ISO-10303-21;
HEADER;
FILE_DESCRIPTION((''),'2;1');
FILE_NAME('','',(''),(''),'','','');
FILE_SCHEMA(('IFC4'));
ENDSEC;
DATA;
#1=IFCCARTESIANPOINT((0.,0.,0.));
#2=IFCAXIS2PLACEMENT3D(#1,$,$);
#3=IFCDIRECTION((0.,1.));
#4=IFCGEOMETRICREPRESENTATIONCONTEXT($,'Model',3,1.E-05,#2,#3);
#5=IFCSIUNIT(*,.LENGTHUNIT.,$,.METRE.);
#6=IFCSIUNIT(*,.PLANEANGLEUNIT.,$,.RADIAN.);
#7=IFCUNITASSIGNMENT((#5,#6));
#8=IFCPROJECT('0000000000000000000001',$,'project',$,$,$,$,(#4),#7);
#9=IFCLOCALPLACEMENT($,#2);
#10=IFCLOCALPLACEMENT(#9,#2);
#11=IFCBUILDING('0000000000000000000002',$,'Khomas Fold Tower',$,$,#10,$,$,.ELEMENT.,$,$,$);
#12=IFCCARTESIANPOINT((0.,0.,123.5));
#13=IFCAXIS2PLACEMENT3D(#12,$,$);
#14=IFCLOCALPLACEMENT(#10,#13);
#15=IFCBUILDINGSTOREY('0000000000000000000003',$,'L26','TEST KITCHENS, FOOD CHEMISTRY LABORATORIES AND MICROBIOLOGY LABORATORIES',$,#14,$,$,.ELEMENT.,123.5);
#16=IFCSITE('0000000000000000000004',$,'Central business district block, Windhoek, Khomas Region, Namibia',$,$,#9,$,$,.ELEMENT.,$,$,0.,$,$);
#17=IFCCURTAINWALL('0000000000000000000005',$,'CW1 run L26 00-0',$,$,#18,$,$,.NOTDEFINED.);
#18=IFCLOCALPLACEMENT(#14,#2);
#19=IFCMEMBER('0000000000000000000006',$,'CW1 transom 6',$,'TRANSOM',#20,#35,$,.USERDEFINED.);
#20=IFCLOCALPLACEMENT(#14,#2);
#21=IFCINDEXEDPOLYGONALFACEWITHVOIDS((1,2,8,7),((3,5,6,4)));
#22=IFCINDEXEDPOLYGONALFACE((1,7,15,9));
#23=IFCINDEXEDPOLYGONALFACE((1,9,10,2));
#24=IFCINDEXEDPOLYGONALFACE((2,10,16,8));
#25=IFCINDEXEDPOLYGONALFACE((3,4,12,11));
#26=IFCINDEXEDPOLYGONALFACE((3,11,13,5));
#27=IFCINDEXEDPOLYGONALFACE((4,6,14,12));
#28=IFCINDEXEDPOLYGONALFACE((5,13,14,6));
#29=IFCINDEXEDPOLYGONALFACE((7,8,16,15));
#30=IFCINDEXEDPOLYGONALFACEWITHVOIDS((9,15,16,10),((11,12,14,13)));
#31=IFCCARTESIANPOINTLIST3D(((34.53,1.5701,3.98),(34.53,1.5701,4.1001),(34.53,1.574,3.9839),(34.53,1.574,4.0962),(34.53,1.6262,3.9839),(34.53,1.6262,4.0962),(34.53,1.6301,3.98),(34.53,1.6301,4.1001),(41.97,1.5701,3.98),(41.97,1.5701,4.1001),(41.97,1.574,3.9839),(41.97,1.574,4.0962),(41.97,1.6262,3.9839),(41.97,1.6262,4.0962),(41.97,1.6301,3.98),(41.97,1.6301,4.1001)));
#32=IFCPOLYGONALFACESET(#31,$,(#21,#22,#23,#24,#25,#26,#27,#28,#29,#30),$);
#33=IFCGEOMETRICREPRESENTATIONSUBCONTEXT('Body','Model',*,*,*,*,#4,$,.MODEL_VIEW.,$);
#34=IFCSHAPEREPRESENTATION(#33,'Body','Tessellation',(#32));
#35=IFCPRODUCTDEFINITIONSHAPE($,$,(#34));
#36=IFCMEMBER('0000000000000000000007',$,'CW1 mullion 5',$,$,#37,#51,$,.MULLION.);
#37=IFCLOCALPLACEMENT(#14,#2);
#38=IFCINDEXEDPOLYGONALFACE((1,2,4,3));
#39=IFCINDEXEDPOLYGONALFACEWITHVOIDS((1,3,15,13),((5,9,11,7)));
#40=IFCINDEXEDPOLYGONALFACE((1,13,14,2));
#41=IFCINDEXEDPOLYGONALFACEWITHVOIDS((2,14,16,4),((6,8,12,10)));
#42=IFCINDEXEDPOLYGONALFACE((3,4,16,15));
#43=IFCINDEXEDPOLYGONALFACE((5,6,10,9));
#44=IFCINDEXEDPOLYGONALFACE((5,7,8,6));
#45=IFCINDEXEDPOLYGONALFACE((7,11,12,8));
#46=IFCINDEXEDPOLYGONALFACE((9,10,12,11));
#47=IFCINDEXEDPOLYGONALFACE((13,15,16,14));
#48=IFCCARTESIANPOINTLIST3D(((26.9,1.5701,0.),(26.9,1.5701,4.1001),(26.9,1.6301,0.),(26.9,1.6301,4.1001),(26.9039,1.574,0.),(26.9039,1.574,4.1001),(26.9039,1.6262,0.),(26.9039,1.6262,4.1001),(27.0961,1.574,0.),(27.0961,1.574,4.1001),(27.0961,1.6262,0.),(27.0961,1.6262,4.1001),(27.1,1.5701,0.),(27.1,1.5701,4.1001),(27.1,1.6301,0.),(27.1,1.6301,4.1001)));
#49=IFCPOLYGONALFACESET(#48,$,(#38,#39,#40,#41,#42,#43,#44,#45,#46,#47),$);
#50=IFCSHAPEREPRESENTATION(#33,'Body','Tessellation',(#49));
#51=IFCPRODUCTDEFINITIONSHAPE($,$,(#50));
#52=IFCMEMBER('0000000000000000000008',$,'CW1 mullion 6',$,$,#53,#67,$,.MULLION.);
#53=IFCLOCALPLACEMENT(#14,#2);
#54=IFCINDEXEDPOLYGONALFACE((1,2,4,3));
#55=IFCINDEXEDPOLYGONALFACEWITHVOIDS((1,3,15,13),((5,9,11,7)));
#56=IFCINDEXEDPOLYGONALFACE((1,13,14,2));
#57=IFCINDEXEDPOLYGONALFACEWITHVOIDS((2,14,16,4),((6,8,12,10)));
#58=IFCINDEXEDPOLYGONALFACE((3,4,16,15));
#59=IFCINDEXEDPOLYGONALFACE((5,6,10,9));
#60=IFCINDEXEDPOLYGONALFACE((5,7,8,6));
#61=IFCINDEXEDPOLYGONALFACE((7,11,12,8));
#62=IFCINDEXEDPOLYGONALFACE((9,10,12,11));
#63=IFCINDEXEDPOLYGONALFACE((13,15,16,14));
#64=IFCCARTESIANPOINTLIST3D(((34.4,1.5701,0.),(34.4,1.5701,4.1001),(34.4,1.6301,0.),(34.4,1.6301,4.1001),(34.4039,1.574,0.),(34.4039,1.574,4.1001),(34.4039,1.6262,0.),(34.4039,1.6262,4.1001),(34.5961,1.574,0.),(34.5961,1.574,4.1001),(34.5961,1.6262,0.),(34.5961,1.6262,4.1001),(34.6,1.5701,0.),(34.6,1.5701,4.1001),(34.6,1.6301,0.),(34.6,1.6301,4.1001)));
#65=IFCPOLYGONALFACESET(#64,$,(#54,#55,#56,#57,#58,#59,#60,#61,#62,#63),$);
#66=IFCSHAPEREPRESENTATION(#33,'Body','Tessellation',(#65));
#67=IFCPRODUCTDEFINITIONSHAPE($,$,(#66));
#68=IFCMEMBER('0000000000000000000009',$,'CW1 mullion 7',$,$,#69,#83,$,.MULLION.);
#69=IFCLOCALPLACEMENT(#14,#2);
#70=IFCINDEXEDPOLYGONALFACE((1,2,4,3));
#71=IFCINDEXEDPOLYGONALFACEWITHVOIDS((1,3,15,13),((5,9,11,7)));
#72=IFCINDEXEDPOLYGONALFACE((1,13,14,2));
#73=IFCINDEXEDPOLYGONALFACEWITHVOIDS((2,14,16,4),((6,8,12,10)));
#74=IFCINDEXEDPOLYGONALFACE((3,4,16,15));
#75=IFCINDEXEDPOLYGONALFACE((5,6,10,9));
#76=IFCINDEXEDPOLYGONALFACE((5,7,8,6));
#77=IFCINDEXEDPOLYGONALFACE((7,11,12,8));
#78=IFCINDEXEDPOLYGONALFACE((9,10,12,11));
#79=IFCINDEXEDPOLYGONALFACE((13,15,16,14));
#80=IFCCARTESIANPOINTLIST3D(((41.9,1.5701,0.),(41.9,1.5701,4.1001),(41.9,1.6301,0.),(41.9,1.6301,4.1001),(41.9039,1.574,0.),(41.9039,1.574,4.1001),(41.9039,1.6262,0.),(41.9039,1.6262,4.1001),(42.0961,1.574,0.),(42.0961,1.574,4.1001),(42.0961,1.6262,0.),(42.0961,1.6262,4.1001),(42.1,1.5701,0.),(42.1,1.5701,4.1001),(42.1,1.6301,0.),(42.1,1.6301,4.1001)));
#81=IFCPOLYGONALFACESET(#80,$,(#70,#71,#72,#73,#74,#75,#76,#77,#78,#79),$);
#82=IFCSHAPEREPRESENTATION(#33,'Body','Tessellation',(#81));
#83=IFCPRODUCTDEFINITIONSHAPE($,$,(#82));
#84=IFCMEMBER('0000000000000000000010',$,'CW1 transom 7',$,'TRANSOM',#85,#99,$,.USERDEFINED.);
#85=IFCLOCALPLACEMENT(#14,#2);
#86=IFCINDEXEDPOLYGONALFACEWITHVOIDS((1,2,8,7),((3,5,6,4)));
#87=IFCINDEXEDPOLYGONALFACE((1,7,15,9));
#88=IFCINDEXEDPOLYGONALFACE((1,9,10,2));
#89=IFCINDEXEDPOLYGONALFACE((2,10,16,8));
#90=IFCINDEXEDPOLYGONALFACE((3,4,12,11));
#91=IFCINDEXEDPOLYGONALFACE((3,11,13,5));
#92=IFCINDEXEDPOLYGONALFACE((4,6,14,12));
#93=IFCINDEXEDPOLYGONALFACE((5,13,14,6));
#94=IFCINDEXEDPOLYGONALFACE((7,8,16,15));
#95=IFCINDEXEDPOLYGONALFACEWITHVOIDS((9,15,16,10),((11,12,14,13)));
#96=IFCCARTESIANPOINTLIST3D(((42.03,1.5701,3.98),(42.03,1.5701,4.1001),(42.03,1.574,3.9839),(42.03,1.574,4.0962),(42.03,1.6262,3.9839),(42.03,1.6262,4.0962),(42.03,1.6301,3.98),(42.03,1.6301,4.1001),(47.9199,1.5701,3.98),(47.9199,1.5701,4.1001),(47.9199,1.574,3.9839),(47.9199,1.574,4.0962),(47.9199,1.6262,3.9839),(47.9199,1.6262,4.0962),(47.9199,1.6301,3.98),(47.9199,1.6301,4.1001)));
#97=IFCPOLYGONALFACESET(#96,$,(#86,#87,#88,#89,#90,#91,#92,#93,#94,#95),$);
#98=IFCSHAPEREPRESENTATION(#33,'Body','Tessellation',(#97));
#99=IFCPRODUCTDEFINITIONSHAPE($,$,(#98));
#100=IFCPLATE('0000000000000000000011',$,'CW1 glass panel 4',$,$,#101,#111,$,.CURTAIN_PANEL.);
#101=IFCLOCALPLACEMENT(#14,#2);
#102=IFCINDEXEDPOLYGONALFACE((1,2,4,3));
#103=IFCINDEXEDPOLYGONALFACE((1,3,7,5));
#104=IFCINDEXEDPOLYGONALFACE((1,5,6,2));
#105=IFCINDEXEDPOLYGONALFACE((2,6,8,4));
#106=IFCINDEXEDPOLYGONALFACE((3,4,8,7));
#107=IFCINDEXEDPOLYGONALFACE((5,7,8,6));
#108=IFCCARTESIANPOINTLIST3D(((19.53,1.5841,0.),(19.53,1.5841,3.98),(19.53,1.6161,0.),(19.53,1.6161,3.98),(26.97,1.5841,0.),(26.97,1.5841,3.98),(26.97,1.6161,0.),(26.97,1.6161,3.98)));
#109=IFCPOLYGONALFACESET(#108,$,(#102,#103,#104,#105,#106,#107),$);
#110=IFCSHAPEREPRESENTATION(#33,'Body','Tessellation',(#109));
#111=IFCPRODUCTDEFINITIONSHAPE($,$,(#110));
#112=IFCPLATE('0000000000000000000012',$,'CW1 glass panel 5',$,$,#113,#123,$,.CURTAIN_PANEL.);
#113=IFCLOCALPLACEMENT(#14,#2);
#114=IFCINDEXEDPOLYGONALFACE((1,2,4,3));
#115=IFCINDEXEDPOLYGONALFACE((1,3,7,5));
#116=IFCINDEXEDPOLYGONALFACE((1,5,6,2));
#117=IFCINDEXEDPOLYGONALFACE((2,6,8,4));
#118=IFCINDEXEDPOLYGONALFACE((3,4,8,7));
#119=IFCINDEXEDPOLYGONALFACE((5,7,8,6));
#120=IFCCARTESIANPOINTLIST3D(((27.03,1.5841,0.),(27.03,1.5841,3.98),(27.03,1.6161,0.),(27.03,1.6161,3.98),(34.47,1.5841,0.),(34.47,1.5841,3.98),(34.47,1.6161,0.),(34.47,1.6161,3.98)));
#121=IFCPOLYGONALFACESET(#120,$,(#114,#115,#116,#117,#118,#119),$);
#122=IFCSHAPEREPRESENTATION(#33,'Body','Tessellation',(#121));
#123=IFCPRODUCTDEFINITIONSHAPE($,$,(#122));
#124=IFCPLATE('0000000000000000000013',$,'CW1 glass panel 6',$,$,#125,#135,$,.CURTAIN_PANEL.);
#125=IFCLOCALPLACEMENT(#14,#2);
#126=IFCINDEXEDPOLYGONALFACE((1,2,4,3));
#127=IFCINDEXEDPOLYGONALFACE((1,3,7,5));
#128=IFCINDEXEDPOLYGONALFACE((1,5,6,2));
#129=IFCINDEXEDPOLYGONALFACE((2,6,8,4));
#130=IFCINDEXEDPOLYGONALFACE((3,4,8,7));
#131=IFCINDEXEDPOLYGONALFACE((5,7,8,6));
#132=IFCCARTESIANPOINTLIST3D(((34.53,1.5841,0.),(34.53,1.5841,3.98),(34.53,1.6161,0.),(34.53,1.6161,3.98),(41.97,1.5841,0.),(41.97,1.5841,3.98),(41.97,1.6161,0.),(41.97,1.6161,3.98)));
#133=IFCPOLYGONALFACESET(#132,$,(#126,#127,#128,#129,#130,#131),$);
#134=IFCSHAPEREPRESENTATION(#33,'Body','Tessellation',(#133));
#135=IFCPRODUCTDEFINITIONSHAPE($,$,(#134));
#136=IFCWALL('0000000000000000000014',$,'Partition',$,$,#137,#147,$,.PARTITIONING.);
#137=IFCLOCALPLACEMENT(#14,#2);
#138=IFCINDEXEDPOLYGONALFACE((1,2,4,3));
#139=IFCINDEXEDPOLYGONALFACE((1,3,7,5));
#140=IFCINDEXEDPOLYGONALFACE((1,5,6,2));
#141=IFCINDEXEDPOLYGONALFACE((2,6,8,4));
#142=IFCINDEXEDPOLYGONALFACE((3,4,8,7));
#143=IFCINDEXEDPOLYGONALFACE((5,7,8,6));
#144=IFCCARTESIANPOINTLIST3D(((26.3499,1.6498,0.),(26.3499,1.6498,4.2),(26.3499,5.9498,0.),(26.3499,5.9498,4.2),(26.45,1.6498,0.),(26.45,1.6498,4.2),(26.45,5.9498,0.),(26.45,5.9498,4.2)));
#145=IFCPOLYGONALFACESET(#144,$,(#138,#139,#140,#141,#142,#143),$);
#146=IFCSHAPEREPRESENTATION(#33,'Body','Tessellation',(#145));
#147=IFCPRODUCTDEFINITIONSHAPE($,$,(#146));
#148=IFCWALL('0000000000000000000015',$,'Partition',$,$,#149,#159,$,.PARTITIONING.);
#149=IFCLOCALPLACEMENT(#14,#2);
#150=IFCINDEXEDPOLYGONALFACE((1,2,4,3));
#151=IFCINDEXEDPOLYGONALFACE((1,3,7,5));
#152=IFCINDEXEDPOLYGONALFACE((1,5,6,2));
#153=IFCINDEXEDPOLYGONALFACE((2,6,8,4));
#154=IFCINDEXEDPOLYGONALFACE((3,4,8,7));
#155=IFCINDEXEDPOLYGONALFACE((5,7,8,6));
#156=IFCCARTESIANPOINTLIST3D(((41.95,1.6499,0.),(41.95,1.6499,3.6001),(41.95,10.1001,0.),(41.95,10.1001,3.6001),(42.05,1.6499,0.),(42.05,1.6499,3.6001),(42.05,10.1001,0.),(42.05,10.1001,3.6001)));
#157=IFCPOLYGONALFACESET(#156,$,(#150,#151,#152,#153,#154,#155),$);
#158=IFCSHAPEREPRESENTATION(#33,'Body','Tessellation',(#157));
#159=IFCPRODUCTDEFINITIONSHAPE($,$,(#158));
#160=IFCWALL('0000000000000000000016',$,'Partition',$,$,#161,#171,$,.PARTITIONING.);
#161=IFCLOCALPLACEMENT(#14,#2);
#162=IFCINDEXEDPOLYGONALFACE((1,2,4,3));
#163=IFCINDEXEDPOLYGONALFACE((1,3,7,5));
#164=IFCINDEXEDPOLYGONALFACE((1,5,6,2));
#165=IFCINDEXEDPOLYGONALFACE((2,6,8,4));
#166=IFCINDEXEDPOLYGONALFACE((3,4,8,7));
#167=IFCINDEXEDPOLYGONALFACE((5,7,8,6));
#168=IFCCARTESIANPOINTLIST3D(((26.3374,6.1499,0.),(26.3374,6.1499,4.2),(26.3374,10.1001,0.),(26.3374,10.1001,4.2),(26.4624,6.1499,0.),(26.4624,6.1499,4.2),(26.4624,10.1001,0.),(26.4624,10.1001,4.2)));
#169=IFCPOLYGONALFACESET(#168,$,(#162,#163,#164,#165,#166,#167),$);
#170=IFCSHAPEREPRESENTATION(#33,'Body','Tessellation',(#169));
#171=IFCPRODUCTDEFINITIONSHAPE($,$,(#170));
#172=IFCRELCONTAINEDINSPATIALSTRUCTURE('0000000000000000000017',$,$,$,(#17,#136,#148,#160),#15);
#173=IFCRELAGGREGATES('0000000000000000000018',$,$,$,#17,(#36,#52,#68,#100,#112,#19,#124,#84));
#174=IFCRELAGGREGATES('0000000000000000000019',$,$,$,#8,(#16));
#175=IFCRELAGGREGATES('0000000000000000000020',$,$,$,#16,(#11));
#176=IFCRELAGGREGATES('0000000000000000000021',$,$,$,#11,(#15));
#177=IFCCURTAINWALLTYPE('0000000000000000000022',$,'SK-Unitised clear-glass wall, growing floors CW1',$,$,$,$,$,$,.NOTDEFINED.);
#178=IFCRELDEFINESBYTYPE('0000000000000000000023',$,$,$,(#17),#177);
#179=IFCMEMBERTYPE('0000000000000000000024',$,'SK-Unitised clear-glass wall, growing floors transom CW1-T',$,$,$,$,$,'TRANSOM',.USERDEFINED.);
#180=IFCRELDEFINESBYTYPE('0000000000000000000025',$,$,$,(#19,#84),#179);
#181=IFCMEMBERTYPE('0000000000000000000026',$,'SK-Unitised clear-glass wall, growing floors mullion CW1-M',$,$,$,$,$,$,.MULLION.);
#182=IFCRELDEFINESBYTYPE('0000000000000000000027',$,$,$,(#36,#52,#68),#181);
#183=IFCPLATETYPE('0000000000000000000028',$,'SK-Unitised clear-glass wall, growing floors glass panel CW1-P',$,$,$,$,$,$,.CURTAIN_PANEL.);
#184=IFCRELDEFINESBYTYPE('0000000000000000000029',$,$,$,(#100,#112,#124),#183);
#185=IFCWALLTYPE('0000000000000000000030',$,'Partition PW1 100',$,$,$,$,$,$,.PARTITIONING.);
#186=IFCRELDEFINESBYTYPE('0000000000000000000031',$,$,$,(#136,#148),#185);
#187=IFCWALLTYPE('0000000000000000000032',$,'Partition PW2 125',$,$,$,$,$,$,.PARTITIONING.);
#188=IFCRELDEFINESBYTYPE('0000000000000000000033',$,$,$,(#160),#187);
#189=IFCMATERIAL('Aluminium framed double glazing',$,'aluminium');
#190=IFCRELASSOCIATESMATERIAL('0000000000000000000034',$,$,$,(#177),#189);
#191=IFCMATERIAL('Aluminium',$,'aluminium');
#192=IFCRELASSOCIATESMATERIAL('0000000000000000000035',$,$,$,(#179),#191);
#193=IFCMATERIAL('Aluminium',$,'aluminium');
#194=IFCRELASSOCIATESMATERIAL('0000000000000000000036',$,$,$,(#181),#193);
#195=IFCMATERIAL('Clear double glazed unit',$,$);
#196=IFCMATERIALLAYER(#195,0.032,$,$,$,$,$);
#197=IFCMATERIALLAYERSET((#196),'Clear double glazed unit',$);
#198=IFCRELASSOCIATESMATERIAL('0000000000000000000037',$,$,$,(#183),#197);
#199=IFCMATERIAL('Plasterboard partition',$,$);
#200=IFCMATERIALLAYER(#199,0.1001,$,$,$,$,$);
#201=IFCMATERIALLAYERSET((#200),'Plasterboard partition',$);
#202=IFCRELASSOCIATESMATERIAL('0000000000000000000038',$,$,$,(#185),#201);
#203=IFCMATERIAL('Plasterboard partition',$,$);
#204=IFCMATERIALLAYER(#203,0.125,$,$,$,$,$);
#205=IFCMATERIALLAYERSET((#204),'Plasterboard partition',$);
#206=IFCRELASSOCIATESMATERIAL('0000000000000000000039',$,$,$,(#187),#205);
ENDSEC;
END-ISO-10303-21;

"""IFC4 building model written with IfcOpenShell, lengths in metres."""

from ifc_helpers import new_model, si_unit, direction, frame, frame_2d, origin, origin_2d, place, context, subcontext, project, spatial, rectangle, hollow_rectangle, extrude, source, transform, mapped, material, layer, layer_set, material_profile, profile_set, type_object, element, aggregate, save


model = new_model("IFC4")

# Units and contexts
model_context = context("Model", 3, precision=1e-05, world=origin(), true_north=direction((0.0, 1.0)))
body_context = subcontext(model_context, "Body", "Model", "MODEL_VIEW")
ifc_project = project(units=[si_unit("LENGTHUNIT", "METRE"), si_unit("PLANEANGLEUNIT", "RADIAN")], contexts=[model_context])

# Site, building, storey
site_placement = place(None, origin())
site = spatial("IfcSite", under=ifc_project, at=site_placement, Name="Central business district block, Windhoek, Khomas Region, Namibia", CompositionType="ELEMENT", RefElevation=0.0)
building_placement = place(site_placement, origin())
building = spatial("IfcBuilding", under=site, at=building_placement, Name="Khomas Fold Tower", CompositionType="ELEMENT")
storey_placement = place(building_placement, frame((0.0, 0.0, 123.5)))
storey = spatial("IfcBuildingStorey", under=building, at=storey_placement, Name="L26", Description="TEST KITCHENS, FOOD CHEMISTRY LABORATORIES AND MICROBIOLOGY LABORATORIES", CompositionType="ELEMENT", Elevation=123.5)

# Curtain wall, members, plates
ifc_material_1 = material(Name="Aluminium framed double glazing", Category="aluminium")
curtain_wall_type = type_object("IfcCurtainWallType", Name="SK-Unitised clear-glass wall, growing floors CW1", PredefinedType="NOTDEFINED", material=ifc_material_1)
curtain_wall_placement = place(storey_placement, origin())
curtain_wall = element("IfcCurtainWall", 1, at=curtain_wall_placement, inside=storey, type_object=curtain_wall_type, Name="CW1 run L26 00-0", PredefinedType="NOTDEFINED")
ifc_material_2 = material(Name="Aluminium", Category="aluminium")
ifc_material_profile_1 = material_profile(ifc_material_2, hollow_rectangle(XDim=0.0601, YDim=0.1201, WallThickness=0.0039, at=origin_2d()), Name="SK-Unitised clear-glass wall, growing floors transom CW1-T")
ifc_profile_set_1 = profile_set([ifc_material_profile_1], Name="Aluminium")
member_type_1 = type_object("IfcMemberType", Name="SK-Unitised clear-glass wall, growing floors transom CW1-T", ElementType="TRANSOM", PredefinedType="USERDEFINED", material=ifc_profile_set_1)
shared_shape_1 = source(origin(), body_context, "Body", "SweptSolid", [
    extrude(hollow_rectangle(XDim=0.0601, YDim=0.1201, WallThickness=0.0039, at=origin_2d()), origin(), (0.0, 0.0, 1.0), 7.4399),
])
member_1_placement = place(storey_placement, frame((34.53, 1.6001, 4.04), z_axis=(1.0, 0.0, 0.0), x_axis=(0.0, 1.0, 0.0)))
member_1 = element("IfcMember", 2, at=member_1_placement, type_object=member_type_1, Name="CW1 transom 6", ObjectType="TRANSOM", PredefinedType="USERDEFINED", context=body_context, shape_type="MappedRepresentation", body=[
    mapped(shared_shape_1, transform((0.0, 0.0, 0.0))),
])
ifc_material_3 = material(Name="Aluminium", Category="aluminium")
ifc_material_profile_2 = material_profile(ifc_material_3, hollow_rectangle(XDim=0.0601, YDim=0.2, WallThickness=0.0039, at=origin_2d()), Name="SK-Unitised clear-glass wall, growing floors mullion CW1-M")
ifc_profile_set_2 = profile_set([ifc_material_profile_2], Name="Aluminium")
member_type_2 = type_object("IfcMemberType", Name="SK-Unitised clear-glass wall, growing floors mullion CW1-M", PredefinedType="MULLION", material=ifc_profile_set_2)
shared_shape_2 = source(origin(), body_context, "Body", "SweptSolid", [
    extrude(hollow_rectangle(XDim=0.0601, YDim=0.2, WallThickness=0.0039, at=origin_2d()), origin(), (0.0, 0.0, 1.0), 4.1001),
])
member_2_placement = place(storey_placement, frame((27.0, 1.6001, 0.0), z_axis=(0.0, 0.0, 1.0), x_axis=(0.0, 1.0, 0.0)))
member_2 = element("IfcMember", 3, at=member_2_placement, type_object=member_type_2, Name="CW1 mullion 5", PredefinedType="MULLION", context=body_context, shape_type="MappedRepresentation", body=[
    mapped(shared_shape_2, transform((0.0, 0.0, 0.0))),
])
member_3_placement = place(storey_placement, frame((34.5, 1.6001, 0.0), z_axis=(0.0, 0.0, 1.0), x_axis=(0.0, 1.0, 0.0)))
member_3 = element("IfcMember", 4, at=member_3_placement, type_object=member_type_2, Name="CW1 mullion 6", PredefinedType="MULLION", context=body_context, shape_type="MappedRepresentation", body=[
    mapped(shared_shape_2, transform((0.0, 0.0, 0.0))),
])
member_4_placement = place(storey_placement, frame((42.0, 1.6001, 0.0), z_axis=(0.0, 0.0, 1.0), x_axis=(0.0, 1.0, 0.0)))
member_4 = element("IfcMember", 5, at=member_4_placement, type_object=member_type_2, Name="CW1 mullion 7", PredefinedType="MULLION", context=body_context, shape_type="MappedRepresentation", body=[
    mapped(shared_shape_2, transform((0.0, 0.0, 0.0))),
])
shared_shape_3 = source(origin(), body_context, "Body", "SweptSolid", [
    extrude(hollow_rectangle(XDim=0.0601, YDim=0.1201, WallThickness=0.0039, at=origin_2d()), origin(), (0.0, 0.0, 1.0), 5.8899),
])
member_5_placement = place(storey_placement, frame((42.03, 1.6001, 4.04), z_axis=(1.0, 0.0, 0.0), x_axis=(0.0, 1.0, 0.0)))
member_5 = element("IfcMember", 6, at=member_5_placement, type_object=member_type_1, Name="CW1 transom 7", ObjectType="TRANSOM", PredefinedType="USERDEFINED", context=body_context, shape_type="MappedRepresentation", body=[
    mapped(shared_shape_3, transform((0.0, 0.0, 0.0))),
])
ifc_material_4 = material(Name="Clear double glazed unit")
ifc_layer_1 = layer(ifc_material_4, 0.032)
ifc_layer_set_1 = layer_set([ifc_layer_1], Name="Clear double glazed unit")
plate_type = type_object("IfcPlateType", Name="SK-Unitised clear-glass wall, growing floors glass panel CW1-P", PredefinedType="CURTAIN_PANEL", material=ifc_layer_set_1)
shared_shape_4 = source(origin(), body_context, "Body", "SweptSolid", [
    extrude(rectangle(XDim=7.4399, YDim=0.032, at=origin_2d()), origin(), (0.0, 0.0, 1.0), 3.98),
])
plate_1_placement = place(storey_placement, frame((23.25, 1.6001, 0.0), z_axis=(0.0, 0.0, 1.0), x_axis=(1.0, 0.0, 0.0)))
plate_1 = element("IfcPlate", 7, at=plate_1_placement, type_object=plate_type, Name="CW1 glass panel 4", PredefinedType="CURTAIN_PANEL", context=body_context, shape_type="MappedRepresentation", body=[
    mapped(shared_shape_4, transform((0.0, 0.0, 0.0))),
])
plate_2_placement = place(storey_placement, frame((30.75, 1.6001, 0.0), z_axis=(0.0, 0.0, 1.0), x_axis=(1.0, 0.0, 0.0)))
plate_2 = element("IfcPlate", 8, at=plate_2_placement, type_object=plate_type, Name="CW1 glass panel 5", PredefinedType="CURTAIN_PANEL", context=body_context, shape_type="MappedRepresentation", body=[
    mapped(shared_shape_4, transform((0.0, 0.0, 0.0))),
])
plate_3_placement = place(storey_placement, frame((38.25, 1.6001, 0.0), z_axis=(0.0, 0.0, 1.0), x_axis=(1.0, 0.0, 0.0)))
plate_3 = element("IfcPlate", 9, at=plate_3_placement, type_object=plate_type, Name="CW1 glass panel 6", PredefinedType="CURTAIN_PANEL", context=body_context, shape_type="MappedRepresentation", body=[
    mapped(shared_shape_4, transform((0.0, 0.0, 0.0))),
])
aggregate(curtain_wall, [member_2, member_3, member_4, plate_1, plate_2, member_1, plate_3, member_5])

# Walls
ifc_material_5 = material(Name="Plasterboard partition")
ifc_layer_2 = layer(ifc_material_5, 0.1001)
ifc_layer_set_2 = layer_set([ifc_layer_2], Name="Plasterboard partition")
wall_type_1 = type_object("IfcWallType", Name="Partition PW1 100", PredefinedType="PARTITIONING", material=ifc_layer_set_2)
shared_shape_5 = source(origin(), body_context, "Body", "SweptSolid", [
    extrude(rectangle(XDim=4.3, YDim=0.1001, at=frame_2d((2.1499, 0.0))), origin(), (0.0, 0.0, 1.0), 4.2),
])
wall_1_placement = place(storey_placement, frame((26.3999, 1.6499, 0.0), z_axis=(0.0, 0.0, 1.0), x_axis=(0.0, 1.0, 0.0)))
element("IfcWall", 10, at=wall_1_placement, inside=storey, type_object=wall_type_1, Name="Partition", PredefinedType="PARTITIONING", context=body_context, shape_type="MappedRepresentation", body=[
    mapped(shared_shape_5, transform((0.0, 0.0, 0.0))),
])
shared_shape_6 = source(origin(), body_context, "Body", "SweptSolid", [
    extrude(rectangle(XDim=8.4502, YDim=0.1001, at=frame_2d((4.2251, 0.0))), origin(), (0.0, 0.0, 1.0), 3.6001),
])
wall_2_placement = place(storey_placement, frame((42.0, 1.6499, 0.0), z_axis=(0.0, 0.0, 1.0), x_axis=(0.0, 1.0, 0.0)))
element("IfcWall", 11, at=wall_2_placement, inside=storey, type_object=wall_type_1, Name="Partition", PredefinedType="PARTITIONING", context=body_context, shape_type="MappedRepresentation", body=[
    mapped(shared_shape_6, transform((0.0, 0.0, 0.0))),
])
ifc_material_6 = material(Name="Plasterboard partition")
ifc_layer_3 = layer(ifc_material_6, 0.125)
ifc_layer_set_3 = layer_set([ifc_layer_3], Name="Plasterboard partition")
wall_type_2 = type_object("IfcWallType", Name="Partition PW2 125", PredefinedType="PARTITIONING", material=ifc_layer_set_3)
shared_shape_7 = source(origin(), body_context, "Body", "SweptSolid", [
    extrude(rectangle(XDim=3.9502, YDim=0.125, at=frame_2d((1.9751, 0.0))), origin(), (0.0, 0.0, 1.0), 4.2),
])
wall_3_placement = place(storey_placement, frame((26.3999, 6.1499, 0.0), z_axis=(0.0, 0.0, 1.0), x_axis=(0.0, 1.0, 0.0)))
element("IfcWall", 12, at=wall_3_placement, inside=storey, type_object=wall_type_2, Name="Partition", PredefinedType="PARTITIONING", context=body_context, shape_type="MappedRepresentation", body=[
    mapped(shared_shape_7, transform((0.0, 0.0, 0.0))),
])

save(model, "model.ifc")
